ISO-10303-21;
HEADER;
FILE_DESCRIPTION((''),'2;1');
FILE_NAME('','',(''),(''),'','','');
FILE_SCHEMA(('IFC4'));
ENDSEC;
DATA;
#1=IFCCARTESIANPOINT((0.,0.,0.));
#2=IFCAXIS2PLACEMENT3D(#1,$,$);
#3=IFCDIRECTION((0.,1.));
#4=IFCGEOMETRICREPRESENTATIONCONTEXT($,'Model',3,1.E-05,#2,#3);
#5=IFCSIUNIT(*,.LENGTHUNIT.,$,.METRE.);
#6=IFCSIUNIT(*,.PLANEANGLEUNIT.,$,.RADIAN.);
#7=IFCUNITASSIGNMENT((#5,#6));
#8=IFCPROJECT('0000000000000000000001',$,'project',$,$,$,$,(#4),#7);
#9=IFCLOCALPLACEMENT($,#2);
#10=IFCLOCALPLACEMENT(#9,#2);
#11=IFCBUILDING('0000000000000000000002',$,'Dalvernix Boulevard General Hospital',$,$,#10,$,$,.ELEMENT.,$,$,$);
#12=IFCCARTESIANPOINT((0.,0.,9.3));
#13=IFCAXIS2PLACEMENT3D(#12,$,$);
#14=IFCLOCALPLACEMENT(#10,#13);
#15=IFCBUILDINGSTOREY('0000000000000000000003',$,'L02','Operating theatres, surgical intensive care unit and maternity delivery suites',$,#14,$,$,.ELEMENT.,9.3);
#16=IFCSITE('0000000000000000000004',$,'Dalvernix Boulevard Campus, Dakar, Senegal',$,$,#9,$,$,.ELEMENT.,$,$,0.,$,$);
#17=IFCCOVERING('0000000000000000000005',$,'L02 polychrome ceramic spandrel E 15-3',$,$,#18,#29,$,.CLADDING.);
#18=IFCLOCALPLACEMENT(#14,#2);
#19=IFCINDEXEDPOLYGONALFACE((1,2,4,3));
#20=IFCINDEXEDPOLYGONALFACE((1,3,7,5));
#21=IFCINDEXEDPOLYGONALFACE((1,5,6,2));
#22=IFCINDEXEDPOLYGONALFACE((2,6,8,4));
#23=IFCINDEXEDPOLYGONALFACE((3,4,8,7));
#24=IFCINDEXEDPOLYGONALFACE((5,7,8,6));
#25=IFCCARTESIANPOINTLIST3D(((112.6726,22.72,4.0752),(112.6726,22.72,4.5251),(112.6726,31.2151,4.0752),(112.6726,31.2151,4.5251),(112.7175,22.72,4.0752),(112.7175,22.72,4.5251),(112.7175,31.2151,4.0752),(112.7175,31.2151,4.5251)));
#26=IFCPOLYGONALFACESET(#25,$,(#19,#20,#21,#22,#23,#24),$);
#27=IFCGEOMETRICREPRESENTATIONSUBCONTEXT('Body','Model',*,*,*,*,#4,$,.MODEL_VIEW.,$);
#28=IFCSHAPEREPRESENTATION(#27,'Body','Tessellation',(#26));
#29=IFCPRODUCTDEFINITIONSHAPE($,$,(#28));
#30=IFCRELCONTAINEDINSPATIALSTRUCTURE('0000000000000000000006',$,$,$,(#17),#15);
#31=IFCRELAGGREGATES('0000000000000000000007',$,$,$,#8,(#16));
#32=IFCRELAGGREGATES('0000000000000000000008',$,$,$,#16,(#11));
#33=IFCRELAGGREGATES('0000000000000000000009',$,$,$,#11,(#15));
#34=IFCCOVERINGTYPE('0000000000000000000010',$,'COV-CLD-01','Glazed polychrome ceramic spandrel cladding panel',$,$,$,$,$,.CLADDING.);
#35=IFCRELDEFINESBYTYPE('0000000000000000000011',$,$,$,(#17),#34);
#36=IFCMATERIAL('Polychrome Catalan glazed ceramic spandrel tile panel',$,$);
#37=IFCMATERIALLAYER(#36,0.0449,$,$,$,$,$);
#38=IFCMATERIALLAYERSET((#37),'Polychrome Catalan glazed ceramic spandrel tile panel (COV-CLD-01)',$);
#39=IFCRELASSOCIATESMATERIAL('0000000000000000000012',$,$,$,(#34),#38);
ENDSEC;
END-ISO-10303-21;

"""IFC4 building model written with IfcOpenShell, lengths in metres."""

from ifc_helpers import new_model, si_unit, direction, frame, origin, origin_2d, place, context, subcontext, project, spatial, rectangle, extrude, material, layer, layer_set, type_object, element, save


model = new_model("IFC4")

# Units and contexts
model_context = context("Model", 3, precision=1e-05, world=origin(), true_north=direction((0.0, 1.0)))
body_context = subcontext(model_context, "Body", "Model", "MODEL_VIEW")
ifc_project = project(units=[si_unit("LENGTHUNIT", "METRE"), si_unit("PLANEANGLEUNIT", "RADIAN")], contexts=[model_context])

# Site, building, storey
site_placement = place(None, origin())
site = spatial("IfcSite", under=ifc_project, at=site_placement, Name="Dalvernix Boulevard Campus, Dakar, Senegal", CompositionType="ELEMENT", RefElevation=0.0)
building_placement = place(site_placement, origin())
building = spatial("IfcBuilding", under=site, at=building_placement, Name="Dalvernix Boulevard General Hospital", CompositionType="ELEMENT")
storey_placement = place(building_placement, frame((0.0, 0.0, 9.3)))
storey = spatial("IfcBuildingStorey", under=building, at=storey_placement, Name="L02", Description="Operating theatres, surgical intensive care unit and maternity delivery suites", CompositionType="ELEMENT", Elevation=9.3)

# Covering
ifc_material_1 = material(Name="Polychrome Catalan glazed ceramic spandrel tile panel")
ifc_layer_1 = layer(ifc_material_1, 0.0449)
ifc_layer_set_1 = layer_set([ifc_layer_1], Name="Polychrome Catalan glazed ceramic spandrel tile panel (COV-CLD-01)")
covering_type = type_object("IfcCoveringType", Name="COV-CLD-01", Description="Glazed polychrome ceramic spandrel cladding panel", PredefinedType="CLADDING", material=ifc_layer_set_1)
covering_placement = place(storey_placement, frame((112.6951, 26.9675, 4.0752), z_axis=(0.0, 0.0, 1.0), x_axis=(0.0, -1.0, 0.0)))
element("IfcCovering", 1, at=covering_placement, inside=storey, type_object=covering_type, Name="L02 polychrome ceramic spandrel E 15-3", PredefinedType="CLADDING", context=body_context, shape_type="SweptSolid", body=[
    extrude(rectangle(XDim=8.4951, YDim=0.0449, at=origin_2d()), origin(), (0.0, 0.0, 1.0), 0.45),
])

save(model, "model.ifc")
